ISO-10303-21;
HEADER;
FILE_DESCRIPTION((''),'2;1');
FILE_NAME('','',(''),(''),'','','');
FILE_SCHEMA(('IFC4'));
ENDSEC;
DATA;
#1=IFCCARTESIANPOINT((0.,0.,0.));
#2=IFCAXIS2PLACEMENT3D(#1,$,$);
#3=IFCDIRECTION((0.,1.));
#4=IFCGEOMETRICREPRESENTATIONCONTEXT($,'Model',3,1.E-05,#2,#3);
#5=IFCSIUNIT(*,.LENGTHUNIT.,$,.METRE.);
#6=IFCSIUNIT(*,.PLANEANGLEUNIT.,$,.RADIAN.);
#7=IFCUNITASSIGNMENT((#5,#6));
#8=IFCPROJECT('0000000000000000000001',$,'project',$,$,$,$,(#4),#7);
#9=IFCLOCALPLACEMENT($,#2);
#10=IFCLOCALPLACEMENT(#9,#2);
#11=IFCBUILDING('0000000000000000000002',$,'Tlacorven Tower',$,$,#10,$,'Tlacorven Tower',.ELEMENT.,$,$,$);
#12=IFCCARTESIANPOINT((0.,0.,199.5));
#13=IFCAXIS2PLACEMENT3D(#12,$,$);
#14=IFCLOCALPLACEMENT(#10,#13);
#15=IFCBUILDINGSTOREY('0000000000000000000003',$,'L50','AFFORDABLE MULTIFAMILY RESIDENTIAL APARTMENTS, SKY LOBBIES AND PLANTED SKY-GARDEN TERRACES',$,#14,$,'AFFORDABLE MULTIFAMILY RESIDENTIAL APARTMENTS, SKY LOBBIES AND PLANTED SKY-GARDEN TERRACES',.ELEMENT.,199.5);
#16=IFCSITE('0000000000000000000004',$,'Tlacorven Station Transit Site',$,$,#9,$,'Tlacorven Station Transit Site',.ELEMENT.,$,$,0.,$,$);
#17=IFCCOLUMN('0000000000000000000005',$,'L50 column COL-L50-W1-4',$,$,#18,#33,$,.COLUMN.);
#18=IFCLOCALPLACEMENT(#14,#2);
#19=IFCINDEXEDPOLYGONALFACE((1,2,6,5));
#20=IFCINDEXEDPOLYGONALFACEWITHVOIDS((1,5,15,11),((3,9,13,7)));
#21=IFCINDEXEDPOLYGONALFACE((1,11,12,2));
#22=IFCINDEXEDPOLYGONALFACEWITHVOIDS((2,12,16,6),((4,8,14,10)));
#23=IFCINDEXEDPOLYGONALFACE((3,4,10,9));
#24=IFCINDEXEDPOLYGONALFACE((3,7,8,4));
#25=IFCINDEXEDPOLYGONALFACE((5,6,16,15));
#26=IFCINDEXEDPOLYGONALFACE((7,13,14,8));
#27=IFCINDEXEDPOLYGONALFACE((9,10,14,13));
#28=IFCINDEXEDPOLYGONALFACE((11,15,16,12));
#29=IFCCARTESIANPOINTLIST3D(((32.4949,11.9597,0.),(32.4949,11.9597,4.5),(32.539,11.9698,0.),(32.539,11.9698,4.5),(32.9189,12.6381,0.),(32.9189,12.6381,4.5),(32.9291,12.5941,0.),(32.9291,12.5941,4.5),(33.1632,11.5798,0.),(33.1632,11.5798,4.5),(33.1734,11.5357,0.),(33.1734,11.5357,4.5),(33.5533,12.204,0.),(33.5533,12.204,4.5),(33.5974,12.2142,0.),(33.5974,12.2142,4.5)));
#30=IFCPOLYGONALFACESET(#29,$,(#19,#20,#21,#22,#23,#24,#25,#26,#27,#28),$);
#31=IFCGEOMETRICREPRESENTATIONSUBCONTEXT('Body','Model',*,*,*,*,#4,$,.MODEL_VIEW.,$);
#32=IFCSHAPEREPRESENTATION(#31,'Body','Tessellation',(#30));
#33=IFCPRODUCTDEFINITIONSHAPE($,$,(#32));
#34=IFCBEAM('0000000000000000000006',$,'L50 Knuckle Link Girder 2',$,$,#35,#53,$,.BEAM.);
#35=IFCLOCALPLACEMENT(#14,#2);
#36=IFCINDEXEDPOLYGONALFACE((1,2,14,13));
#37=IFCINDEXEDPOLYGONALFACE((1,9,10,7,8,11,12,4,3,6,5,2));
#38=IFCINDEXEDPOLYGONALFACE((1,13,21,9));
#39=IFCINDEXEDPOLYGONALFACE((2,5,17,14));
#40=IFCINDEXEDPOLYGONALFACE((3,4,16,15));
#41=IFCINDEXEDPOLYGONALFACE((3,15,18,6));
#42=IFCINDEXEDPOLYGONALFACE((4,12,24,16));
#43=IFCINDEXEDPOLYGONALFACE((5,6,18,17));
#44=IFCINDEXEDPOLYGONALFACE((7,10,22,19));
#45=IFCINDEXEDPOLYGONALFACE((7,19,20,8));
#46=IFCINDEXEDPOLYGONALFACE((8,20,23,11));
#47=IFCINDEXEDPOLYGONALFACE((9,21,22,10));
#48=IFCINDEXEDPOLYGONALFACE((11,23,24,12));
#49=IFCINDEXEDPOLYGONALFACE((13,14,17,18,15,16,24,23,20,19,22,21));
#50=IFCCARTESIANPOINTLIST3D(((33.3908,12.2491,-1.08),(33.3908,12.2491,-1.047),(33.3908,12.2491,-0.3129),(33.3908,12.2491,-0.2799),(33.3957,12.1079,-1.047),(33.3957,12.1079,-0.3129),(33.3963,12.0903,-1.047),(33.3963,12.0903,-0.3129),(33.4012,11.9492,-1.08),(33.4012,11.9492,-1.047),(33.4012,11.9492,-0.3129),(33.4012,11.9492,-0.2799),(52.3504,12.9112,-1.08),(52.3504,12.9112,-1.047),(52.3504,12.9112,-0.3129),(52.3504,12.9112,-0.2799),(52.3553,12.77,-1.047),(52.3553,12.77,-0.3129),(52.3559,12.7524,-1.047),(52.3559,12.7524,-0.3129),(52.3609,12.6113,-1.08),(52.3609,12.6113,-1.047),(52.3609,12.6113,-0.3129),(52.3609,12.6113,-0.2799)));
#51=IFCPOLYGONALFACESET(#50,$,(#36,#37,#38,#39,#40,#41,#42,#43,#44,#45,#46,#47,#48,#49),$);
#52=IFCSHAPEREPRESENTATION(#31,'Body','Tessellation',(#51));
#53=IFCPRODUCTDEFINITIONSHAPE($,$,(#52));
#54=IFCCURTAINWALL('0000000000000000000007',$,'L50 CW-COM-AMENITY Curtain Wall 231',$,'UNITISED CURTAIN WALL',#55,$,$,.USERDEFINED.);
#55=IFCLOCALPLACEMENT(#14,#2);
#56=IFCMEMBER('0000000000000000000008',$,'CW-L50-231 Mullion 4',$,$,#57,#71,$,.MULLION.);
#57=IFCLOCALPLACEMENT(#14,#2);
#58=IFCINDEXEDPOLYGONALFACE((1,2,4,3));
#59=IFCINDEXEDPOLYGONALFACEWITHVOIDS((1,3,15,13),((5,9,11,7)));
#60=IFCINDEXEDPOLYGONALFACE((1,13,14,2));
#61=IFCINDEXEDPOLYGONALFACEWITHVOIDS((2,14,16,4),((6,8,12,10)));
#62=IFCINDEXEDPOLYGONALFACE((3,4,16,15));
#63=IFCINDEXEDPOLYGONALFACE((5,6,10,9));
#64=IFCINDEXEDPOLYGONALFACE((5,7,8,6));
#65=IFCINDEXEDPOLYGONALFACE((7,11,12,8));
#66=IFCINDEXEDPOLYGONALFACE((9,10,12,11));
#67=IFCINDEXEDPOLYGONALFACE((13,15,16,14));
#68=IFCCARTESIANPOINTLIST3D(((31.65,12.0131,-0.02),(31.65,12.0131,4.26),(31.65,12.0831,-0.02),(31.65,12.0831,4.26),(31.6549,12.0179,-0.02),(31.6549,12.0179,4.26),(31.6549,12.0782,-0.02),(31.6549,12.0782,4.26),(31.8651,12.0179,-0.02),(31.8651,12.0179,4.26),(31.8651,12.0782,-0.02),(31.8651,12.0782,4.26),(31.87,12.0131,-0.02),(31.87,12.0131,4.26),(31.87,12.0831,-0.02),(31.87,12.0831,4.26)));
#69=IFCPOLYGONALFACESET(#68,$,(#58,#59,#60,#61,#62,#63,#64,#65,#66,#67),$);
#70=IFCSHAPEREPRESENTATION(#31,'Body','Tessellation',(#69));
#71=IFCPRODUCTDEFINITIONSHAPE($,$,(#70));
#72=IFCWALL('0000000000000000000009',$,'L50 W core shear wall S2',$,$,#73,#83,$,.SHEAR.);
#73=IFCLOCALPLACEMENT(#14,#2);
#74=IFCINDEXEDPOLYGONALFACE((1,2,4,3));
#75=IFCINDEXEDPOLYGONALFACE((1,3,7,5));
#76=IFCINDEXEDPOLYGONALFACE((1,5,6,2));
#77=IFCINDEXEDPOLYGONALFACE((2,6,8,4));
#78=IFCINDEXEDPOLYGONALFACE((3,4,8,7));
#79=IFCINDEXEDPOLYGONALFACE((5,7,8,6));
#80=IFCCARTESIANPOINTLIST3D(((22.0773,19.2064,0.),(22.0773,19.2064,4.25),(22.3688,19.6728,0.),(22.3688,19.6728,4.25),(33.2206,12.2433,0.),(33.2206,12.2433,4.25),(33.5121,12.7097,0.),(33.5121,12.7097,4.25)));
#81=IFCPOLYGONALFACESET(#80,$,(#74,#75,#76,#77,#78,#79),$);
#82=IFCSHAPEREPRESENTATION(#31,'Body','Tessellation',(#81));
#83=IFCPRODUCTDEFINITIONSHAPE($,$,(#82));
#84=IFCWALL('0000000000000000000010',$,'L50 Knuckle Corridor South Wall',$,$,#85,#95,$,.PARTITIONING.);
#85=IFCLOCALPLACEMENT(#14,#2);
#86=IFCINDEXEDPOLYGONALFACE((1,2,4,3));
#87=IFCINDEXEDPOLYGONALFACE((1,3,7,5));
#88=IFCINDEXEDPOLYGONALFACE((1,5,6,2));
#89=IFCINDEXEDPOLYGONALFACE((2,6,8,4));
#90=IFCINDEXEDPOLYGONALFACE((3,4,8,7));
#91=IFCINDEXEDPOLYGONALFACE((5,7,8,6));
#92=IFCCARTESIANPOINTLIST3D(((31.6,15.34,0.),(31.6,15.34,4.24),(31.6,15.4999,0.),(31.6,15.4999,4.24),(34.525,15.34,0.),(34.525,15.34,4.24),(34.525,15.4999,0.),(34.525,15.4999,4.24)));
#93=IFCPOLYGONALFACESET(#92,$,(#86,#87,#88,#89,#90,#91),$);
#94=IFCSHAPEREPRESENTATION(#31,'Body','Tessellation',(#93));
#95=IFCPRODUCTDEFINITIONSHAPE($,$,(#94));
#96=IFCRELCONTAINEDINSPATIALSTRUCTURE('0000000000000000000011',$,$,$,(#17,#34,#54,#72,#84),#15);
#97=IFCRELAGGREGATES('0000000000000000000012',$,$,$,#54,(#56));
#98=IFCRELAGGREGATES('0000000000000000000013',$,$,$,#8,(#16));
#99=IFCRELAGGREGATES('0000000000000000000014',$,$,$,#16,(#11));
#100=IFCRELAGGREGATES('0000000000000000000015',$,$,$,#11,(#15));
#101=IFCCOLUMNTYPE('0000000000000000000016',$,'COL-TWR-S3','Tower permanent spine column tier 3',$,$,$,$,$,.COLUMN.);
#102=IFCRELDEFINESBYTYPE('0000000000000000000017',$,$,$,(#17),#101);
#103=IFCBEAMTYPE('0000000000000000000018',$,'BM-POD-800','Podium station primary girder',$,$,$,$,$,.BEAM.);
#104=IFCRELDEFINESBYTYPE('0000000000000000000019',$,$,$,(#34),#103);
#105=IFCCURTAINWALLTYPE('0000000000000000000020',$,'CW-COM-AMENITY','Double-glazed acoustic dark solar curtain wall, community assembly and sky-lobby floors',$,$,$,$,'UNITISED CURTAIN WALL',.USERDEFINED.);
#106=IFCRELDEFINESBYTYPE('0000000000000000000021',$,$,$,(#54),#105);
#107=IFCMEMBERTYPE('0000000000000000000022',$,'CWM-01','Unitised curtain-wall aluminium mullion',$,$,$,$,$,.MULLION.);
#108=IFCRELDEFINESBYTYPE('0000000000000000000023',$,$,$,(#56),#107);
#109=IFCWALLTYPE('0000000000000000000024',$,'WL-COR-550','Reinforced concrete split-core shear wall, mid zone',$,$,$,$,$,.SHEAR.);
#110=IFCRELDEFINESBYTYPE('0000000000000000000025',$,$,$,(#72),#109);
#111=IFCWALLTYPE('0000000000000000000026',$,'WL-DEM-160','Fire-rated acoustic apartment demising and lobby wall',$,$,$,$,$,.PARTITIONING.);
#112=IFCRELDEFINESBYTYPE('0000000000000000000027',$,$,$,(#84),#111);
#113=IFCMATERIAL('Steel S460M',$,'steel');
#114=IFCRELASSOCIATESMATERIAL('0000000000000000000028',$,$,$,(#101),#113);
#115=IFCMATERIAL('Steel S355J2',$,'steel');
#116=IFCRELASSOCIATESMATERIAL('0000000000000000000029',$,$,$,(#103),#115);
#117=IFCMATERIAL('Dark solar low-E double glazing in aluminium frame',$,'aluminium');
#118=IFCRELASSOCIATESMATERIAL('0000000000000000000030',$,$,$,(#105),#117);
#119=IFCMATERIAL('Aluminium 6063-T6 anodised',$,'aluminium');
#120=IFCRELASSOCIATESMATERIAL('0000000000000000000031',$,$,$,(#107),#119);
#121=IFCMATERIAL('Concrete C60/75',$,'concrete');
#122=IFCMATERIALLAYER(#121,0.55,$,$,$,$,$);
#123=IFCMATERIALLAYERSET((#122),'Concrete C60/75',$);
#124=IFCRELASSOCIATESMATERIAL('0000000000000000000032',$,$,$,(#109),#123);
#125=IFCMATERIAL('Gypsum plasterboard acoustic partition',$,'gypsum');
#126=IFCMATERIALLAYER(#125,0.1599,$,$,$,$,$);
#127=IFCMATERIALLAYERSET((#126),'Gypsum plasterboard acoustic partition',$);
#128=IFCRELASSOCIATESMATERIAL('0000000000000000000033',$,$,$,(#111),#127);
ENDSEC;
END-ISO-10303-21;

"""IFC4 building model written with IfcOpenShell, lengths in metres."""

from ifc_helpers import new_model, si_unit, direction, frame, frame_2d, origin, origin_2d, place, context, subcontext, project, spatial, rectangle, hollow_rectangle, i_section, extrude, source, transform, mapped, material, layer, layer_set, material_profile, profile_set, type_object, element, aggregate, save


model = new_model("IFC4")

# Units and contexts
model_context = context("Model", 3, precision=1e-05, world=origin(), true_north=direction((0.0, 1.0)))
body_context = subcontext(model_context, "Body", "Model", "MODEL_VIEW")
ifc_project = project(units=[si_unit("LENGTHUNIT", "METRE"), si_unit("PLANEANGLEUNIT", "RADIAN")], contexts=[model_context])

# Site, building, storey
site_placement = place(None, origin())
site = spatial("IfcSite", under=ifc_project, at=site_placement, Name="Tlacorven Station Transit Site", LongName="Tlacorven Station Transit Site", CompositionType="ELEMENT", RefElevation=0.0)
building_placement = place(site_placement, origin())
building = spatial("IfcBuilding", under=site, at=building_placement, Name="Tlacorven Tower", LongName="Tlacorven Tower", CompositionType="ELEMENT")
storey_placement = place(building_placement, frame((0.0, 0.0, 199.5)))
storey = spatial("IfcBuildingStorey", under=building, at=storey_placement, Name="L50", Description="AFFORDABLE MULTIFAMILY RESIDENTIAL APARTMENTS, SKY LOBBIES AND PLANTED SKY-GARDEN TERRACES", LongName="AFFORDABLE MULTIFAMILY RESIDENTIAL APARTMENTS, SKY LOBBIES AND PLANTED SKY-GARDEN TERRACES", CompositionType="ELEMENT", Elevation=199.5)

# Column
ifc_material_1 = material(Name="Steel S460M", Category="steel")
ifc_material_profile_1 = material_profile(ifc_material_1, hollow_rectangle(XDim=0.8, YDim=0.8, WallThickness=0.032, at=origin_2d()), Name="BOX 800X800X32")
ifc_profile_set_1 = profile_set([ifc_material_profile_1], Name="Steel S460M")
column_type = type_object("IfcColumnType", Name="COL-TWR-S3", Description="Tower permanent spine column tier 3", PredefinedType="COLUMN", material=ifc_profile_set_1)
shared_shape_1 = source(origin(), body_context, "Body", "SweptSolid", [
    extrude(hollow_rectangle(XDim=0.8, YDim=0.8, WallThickness=0.032, at=origin_2d()), origin(), (0.0, 0.0, 1.0), 4.5),
])
column_placement = place(storey_placement, frame((33.0461, 12.0869, 0.0), z_axis=(0.0, 0.0, 1.0), x_axis=(-0.848048, 0.529919, 0.0)))
element("IfcColumn", 1, at=column_placement, inside=storey, type_object=column_type, Name="L50 column COL-L50-W1-4", PredefinedType="COLUMN", context=body_context, shape_type="MappedRepresentation", body=[
    mapped(shared_shape_1, transform((0.0, 0.0, 0.0), scale=1.0)),
])

# Beam
ifc_material_2 = material(Name="Steel S355J2", Category="steel")
ifc_material_profile_2 = material_profile(ifc_material_2, i_section(OverallWidth=0.3, OverallDepth=0.8, WebThickness=0.0176, FlangeThickness=0.033, at=origin_2d()), Name="HEB 800")
ifc_profile_set_2 = profile_set([ifc_material_profile_2], Name="Steel S355J2")
beam_type = type_object("IfcBeamType", Name="BM-POD-800", Description="Podium station primary girder", PredefinedType="BEAM", material=ifc_profile_set_2)
shared_shape_2 = source(origin(), body_context, "Body", "SweptSolid", [
    extrude(i_section(OverallWidth=0.3, OverallDepth=0.8, WebThickness=0.0176, FlangeThickness=0.033, at=origin_2d()), origin(), (0.0, 0.0, 1.0), 18.9712),
])
beam_placement = place(storey_placement, frame((33.396, 12.0991, -0.6799), z_axis=(0.999391, 0.034901, 0.0), x_axis=(-0.034901, 0.999391, 0.0)))
element("IfcBeam", 2, at=beam_placement, inside=storey, type_object=beam_type, Name="L50 Knuckle Link Girder 2", PredefinedType="BEAM", context=body_context, shape_type="MappedRepresentation", body=[
    mapped(shared_shape_2, transform((0.0, 0.0, 0.0), scale=1.0)),
])

# Curtain wall, member
ifc_material_3 = material(Name="Dark solar low-E double glazing in aluminium frame", Category="aluminium")
curtain_wall_type = type_object("IfcCurtainWallType", Name="CW-COM-AMENITY", Description="Double-glazed acoustic dark solar curtain wall, community assembly and sky-lobby floors", ElementType="UNITISED CURTAIN WALL", PredefinedType="USERDEFINED", material=ifc_material_3)
curtain_wall_placement = place(storey_placement, origin())
curtain_wall = element("IfcCurtainWall", 3, at=curtain_wall_placement, inside=storey, type_object=curtain_wall_type, Name="L50 CW-COM-AMENITY Curtain Wall 231", ObjectType="UNITISED CURTAIN WALL", PredefinedType="USERDEFINED")
ifc_material_4 = material(Name="Aluminium 6063-T6 anodised", Category="aluminium")
ifc_material_profile_3 = material_profile(ifc_material_4, hollow_rectangle(XDim=0.0701, YDim=0.22, WallThickness=0.0049, at=origin_2d()), Name="ALU MULLION 70X220")
ifc_profile_set_3 = profile_set([ifc_material_profile_3], Name="Aluminium 6063-T6 anodised")
member_type = type_object("IfcMemberType", Name="CWM-01", Description="Unitised curtain-wall aluminium mullion", PredefinedType="MULLION", material=ifc_profile_set_3)
shared_shape_3 = source(origin(), body_context, "Body", "SweptSolid", [
    extrude(hollow_rectangle(XDim=0.0701, YDim=0.22, WallThickness=0.0049, at=origin_2d()), origin(), (0.0, 0.0, 1.0), 4.28),
])
member_placement = place(storey_placement, frame((31.76, 12.0481, -0.02), z_axis=(0.0, 0.0, 1.0), x_axis=(0.0, 1.0, 0.0)))
member = element("IfcMember", 4, at=member_placement, type_object=member_type, Name="CW-L50-231 Mullion 4", PredefinedType="MULLION", context=body_context, shape_type="MappedRepresentation", body=[
    mapped(shared_shape_3, transform((0.0, 0.0, 0.0), scale=1.0)),
])
aggregate(curtain_wall, [member])

# Walls
ifc_material_5 = material(Name="Concrete C60/75", Category="concrete")
ifc_layer_1 = layer(ifc_material_5, 0.55)
ifc_layer_set_1 = layer_set([ifc_layer_1], Name="Concrete C60/75")
wall_type_1 = type_object("IfcWallType", Name="WL-COR-550", Description="Reinforced concrete split-core shear wall, mid zone", PredefinedType="SHEAR", material=ifc_layer_set_1)
wall_1_placement = place(storey_placement, frame((33.3662, 12.4766, 0.0), z_axis=(0.0, 0.0, 1.0), x_axis=(-0.848047, 0.52992, 0.0)))
element("IfcWall", 5, at=wall_1_placement, inside=storey, type_object=wall_type_1, Name="L50 W core shear wall S2", PredefinedType="SHEAR", context=body_context, shape_type="SweptSolid", body=[
    extrude(rectangle(XDim=13.1399, YDim=0.55, at=frame_2d((6.5698, 0.0))), origin(), (0.0, 0.0, 1.0), 4.25),
])
ifc_material_6 = material(Name="Gypsum plasterboard acoustic partition", Category="gypsum")
ifc_layer_2 = layer(ifc_material_6, 0.1599)
ifc_layer_set_2 = layer_set([ifc_layer_2], Name="Gypsum plasterboard acoustic partition")
wall_type_2 = type_object("IfcWallType", Name="WL-DEM-160", Description="Fire-rated acoustic apartment demising and lobby wall", PredefinedType="PARTITIONING", material=ifc_layer_set_2)
wall_2_placement = place(storey_placement, frame((31.6001, 15.4199, 0.0), z_axis=(0.0, 0.0, 1.0), x_axis=(1.0, 0.0, 0.0)))
element("IfcWall", 6, at=wall_2_placement, inside=storey, type_object=wall_type_2, Name="L50 Knuckle Corridor South Wall", PredefinedType="PARTITIONING", context=body_context, shape_type="SweptSolid", body=[
    extrude(rectangle(XDim=2.925, YDim=0.1599, at=frame_2d((1.4624, 0.0))), origin(), (0.0, 0.0, 1.0), 4.24),
])

save(model, "model.ifc")
